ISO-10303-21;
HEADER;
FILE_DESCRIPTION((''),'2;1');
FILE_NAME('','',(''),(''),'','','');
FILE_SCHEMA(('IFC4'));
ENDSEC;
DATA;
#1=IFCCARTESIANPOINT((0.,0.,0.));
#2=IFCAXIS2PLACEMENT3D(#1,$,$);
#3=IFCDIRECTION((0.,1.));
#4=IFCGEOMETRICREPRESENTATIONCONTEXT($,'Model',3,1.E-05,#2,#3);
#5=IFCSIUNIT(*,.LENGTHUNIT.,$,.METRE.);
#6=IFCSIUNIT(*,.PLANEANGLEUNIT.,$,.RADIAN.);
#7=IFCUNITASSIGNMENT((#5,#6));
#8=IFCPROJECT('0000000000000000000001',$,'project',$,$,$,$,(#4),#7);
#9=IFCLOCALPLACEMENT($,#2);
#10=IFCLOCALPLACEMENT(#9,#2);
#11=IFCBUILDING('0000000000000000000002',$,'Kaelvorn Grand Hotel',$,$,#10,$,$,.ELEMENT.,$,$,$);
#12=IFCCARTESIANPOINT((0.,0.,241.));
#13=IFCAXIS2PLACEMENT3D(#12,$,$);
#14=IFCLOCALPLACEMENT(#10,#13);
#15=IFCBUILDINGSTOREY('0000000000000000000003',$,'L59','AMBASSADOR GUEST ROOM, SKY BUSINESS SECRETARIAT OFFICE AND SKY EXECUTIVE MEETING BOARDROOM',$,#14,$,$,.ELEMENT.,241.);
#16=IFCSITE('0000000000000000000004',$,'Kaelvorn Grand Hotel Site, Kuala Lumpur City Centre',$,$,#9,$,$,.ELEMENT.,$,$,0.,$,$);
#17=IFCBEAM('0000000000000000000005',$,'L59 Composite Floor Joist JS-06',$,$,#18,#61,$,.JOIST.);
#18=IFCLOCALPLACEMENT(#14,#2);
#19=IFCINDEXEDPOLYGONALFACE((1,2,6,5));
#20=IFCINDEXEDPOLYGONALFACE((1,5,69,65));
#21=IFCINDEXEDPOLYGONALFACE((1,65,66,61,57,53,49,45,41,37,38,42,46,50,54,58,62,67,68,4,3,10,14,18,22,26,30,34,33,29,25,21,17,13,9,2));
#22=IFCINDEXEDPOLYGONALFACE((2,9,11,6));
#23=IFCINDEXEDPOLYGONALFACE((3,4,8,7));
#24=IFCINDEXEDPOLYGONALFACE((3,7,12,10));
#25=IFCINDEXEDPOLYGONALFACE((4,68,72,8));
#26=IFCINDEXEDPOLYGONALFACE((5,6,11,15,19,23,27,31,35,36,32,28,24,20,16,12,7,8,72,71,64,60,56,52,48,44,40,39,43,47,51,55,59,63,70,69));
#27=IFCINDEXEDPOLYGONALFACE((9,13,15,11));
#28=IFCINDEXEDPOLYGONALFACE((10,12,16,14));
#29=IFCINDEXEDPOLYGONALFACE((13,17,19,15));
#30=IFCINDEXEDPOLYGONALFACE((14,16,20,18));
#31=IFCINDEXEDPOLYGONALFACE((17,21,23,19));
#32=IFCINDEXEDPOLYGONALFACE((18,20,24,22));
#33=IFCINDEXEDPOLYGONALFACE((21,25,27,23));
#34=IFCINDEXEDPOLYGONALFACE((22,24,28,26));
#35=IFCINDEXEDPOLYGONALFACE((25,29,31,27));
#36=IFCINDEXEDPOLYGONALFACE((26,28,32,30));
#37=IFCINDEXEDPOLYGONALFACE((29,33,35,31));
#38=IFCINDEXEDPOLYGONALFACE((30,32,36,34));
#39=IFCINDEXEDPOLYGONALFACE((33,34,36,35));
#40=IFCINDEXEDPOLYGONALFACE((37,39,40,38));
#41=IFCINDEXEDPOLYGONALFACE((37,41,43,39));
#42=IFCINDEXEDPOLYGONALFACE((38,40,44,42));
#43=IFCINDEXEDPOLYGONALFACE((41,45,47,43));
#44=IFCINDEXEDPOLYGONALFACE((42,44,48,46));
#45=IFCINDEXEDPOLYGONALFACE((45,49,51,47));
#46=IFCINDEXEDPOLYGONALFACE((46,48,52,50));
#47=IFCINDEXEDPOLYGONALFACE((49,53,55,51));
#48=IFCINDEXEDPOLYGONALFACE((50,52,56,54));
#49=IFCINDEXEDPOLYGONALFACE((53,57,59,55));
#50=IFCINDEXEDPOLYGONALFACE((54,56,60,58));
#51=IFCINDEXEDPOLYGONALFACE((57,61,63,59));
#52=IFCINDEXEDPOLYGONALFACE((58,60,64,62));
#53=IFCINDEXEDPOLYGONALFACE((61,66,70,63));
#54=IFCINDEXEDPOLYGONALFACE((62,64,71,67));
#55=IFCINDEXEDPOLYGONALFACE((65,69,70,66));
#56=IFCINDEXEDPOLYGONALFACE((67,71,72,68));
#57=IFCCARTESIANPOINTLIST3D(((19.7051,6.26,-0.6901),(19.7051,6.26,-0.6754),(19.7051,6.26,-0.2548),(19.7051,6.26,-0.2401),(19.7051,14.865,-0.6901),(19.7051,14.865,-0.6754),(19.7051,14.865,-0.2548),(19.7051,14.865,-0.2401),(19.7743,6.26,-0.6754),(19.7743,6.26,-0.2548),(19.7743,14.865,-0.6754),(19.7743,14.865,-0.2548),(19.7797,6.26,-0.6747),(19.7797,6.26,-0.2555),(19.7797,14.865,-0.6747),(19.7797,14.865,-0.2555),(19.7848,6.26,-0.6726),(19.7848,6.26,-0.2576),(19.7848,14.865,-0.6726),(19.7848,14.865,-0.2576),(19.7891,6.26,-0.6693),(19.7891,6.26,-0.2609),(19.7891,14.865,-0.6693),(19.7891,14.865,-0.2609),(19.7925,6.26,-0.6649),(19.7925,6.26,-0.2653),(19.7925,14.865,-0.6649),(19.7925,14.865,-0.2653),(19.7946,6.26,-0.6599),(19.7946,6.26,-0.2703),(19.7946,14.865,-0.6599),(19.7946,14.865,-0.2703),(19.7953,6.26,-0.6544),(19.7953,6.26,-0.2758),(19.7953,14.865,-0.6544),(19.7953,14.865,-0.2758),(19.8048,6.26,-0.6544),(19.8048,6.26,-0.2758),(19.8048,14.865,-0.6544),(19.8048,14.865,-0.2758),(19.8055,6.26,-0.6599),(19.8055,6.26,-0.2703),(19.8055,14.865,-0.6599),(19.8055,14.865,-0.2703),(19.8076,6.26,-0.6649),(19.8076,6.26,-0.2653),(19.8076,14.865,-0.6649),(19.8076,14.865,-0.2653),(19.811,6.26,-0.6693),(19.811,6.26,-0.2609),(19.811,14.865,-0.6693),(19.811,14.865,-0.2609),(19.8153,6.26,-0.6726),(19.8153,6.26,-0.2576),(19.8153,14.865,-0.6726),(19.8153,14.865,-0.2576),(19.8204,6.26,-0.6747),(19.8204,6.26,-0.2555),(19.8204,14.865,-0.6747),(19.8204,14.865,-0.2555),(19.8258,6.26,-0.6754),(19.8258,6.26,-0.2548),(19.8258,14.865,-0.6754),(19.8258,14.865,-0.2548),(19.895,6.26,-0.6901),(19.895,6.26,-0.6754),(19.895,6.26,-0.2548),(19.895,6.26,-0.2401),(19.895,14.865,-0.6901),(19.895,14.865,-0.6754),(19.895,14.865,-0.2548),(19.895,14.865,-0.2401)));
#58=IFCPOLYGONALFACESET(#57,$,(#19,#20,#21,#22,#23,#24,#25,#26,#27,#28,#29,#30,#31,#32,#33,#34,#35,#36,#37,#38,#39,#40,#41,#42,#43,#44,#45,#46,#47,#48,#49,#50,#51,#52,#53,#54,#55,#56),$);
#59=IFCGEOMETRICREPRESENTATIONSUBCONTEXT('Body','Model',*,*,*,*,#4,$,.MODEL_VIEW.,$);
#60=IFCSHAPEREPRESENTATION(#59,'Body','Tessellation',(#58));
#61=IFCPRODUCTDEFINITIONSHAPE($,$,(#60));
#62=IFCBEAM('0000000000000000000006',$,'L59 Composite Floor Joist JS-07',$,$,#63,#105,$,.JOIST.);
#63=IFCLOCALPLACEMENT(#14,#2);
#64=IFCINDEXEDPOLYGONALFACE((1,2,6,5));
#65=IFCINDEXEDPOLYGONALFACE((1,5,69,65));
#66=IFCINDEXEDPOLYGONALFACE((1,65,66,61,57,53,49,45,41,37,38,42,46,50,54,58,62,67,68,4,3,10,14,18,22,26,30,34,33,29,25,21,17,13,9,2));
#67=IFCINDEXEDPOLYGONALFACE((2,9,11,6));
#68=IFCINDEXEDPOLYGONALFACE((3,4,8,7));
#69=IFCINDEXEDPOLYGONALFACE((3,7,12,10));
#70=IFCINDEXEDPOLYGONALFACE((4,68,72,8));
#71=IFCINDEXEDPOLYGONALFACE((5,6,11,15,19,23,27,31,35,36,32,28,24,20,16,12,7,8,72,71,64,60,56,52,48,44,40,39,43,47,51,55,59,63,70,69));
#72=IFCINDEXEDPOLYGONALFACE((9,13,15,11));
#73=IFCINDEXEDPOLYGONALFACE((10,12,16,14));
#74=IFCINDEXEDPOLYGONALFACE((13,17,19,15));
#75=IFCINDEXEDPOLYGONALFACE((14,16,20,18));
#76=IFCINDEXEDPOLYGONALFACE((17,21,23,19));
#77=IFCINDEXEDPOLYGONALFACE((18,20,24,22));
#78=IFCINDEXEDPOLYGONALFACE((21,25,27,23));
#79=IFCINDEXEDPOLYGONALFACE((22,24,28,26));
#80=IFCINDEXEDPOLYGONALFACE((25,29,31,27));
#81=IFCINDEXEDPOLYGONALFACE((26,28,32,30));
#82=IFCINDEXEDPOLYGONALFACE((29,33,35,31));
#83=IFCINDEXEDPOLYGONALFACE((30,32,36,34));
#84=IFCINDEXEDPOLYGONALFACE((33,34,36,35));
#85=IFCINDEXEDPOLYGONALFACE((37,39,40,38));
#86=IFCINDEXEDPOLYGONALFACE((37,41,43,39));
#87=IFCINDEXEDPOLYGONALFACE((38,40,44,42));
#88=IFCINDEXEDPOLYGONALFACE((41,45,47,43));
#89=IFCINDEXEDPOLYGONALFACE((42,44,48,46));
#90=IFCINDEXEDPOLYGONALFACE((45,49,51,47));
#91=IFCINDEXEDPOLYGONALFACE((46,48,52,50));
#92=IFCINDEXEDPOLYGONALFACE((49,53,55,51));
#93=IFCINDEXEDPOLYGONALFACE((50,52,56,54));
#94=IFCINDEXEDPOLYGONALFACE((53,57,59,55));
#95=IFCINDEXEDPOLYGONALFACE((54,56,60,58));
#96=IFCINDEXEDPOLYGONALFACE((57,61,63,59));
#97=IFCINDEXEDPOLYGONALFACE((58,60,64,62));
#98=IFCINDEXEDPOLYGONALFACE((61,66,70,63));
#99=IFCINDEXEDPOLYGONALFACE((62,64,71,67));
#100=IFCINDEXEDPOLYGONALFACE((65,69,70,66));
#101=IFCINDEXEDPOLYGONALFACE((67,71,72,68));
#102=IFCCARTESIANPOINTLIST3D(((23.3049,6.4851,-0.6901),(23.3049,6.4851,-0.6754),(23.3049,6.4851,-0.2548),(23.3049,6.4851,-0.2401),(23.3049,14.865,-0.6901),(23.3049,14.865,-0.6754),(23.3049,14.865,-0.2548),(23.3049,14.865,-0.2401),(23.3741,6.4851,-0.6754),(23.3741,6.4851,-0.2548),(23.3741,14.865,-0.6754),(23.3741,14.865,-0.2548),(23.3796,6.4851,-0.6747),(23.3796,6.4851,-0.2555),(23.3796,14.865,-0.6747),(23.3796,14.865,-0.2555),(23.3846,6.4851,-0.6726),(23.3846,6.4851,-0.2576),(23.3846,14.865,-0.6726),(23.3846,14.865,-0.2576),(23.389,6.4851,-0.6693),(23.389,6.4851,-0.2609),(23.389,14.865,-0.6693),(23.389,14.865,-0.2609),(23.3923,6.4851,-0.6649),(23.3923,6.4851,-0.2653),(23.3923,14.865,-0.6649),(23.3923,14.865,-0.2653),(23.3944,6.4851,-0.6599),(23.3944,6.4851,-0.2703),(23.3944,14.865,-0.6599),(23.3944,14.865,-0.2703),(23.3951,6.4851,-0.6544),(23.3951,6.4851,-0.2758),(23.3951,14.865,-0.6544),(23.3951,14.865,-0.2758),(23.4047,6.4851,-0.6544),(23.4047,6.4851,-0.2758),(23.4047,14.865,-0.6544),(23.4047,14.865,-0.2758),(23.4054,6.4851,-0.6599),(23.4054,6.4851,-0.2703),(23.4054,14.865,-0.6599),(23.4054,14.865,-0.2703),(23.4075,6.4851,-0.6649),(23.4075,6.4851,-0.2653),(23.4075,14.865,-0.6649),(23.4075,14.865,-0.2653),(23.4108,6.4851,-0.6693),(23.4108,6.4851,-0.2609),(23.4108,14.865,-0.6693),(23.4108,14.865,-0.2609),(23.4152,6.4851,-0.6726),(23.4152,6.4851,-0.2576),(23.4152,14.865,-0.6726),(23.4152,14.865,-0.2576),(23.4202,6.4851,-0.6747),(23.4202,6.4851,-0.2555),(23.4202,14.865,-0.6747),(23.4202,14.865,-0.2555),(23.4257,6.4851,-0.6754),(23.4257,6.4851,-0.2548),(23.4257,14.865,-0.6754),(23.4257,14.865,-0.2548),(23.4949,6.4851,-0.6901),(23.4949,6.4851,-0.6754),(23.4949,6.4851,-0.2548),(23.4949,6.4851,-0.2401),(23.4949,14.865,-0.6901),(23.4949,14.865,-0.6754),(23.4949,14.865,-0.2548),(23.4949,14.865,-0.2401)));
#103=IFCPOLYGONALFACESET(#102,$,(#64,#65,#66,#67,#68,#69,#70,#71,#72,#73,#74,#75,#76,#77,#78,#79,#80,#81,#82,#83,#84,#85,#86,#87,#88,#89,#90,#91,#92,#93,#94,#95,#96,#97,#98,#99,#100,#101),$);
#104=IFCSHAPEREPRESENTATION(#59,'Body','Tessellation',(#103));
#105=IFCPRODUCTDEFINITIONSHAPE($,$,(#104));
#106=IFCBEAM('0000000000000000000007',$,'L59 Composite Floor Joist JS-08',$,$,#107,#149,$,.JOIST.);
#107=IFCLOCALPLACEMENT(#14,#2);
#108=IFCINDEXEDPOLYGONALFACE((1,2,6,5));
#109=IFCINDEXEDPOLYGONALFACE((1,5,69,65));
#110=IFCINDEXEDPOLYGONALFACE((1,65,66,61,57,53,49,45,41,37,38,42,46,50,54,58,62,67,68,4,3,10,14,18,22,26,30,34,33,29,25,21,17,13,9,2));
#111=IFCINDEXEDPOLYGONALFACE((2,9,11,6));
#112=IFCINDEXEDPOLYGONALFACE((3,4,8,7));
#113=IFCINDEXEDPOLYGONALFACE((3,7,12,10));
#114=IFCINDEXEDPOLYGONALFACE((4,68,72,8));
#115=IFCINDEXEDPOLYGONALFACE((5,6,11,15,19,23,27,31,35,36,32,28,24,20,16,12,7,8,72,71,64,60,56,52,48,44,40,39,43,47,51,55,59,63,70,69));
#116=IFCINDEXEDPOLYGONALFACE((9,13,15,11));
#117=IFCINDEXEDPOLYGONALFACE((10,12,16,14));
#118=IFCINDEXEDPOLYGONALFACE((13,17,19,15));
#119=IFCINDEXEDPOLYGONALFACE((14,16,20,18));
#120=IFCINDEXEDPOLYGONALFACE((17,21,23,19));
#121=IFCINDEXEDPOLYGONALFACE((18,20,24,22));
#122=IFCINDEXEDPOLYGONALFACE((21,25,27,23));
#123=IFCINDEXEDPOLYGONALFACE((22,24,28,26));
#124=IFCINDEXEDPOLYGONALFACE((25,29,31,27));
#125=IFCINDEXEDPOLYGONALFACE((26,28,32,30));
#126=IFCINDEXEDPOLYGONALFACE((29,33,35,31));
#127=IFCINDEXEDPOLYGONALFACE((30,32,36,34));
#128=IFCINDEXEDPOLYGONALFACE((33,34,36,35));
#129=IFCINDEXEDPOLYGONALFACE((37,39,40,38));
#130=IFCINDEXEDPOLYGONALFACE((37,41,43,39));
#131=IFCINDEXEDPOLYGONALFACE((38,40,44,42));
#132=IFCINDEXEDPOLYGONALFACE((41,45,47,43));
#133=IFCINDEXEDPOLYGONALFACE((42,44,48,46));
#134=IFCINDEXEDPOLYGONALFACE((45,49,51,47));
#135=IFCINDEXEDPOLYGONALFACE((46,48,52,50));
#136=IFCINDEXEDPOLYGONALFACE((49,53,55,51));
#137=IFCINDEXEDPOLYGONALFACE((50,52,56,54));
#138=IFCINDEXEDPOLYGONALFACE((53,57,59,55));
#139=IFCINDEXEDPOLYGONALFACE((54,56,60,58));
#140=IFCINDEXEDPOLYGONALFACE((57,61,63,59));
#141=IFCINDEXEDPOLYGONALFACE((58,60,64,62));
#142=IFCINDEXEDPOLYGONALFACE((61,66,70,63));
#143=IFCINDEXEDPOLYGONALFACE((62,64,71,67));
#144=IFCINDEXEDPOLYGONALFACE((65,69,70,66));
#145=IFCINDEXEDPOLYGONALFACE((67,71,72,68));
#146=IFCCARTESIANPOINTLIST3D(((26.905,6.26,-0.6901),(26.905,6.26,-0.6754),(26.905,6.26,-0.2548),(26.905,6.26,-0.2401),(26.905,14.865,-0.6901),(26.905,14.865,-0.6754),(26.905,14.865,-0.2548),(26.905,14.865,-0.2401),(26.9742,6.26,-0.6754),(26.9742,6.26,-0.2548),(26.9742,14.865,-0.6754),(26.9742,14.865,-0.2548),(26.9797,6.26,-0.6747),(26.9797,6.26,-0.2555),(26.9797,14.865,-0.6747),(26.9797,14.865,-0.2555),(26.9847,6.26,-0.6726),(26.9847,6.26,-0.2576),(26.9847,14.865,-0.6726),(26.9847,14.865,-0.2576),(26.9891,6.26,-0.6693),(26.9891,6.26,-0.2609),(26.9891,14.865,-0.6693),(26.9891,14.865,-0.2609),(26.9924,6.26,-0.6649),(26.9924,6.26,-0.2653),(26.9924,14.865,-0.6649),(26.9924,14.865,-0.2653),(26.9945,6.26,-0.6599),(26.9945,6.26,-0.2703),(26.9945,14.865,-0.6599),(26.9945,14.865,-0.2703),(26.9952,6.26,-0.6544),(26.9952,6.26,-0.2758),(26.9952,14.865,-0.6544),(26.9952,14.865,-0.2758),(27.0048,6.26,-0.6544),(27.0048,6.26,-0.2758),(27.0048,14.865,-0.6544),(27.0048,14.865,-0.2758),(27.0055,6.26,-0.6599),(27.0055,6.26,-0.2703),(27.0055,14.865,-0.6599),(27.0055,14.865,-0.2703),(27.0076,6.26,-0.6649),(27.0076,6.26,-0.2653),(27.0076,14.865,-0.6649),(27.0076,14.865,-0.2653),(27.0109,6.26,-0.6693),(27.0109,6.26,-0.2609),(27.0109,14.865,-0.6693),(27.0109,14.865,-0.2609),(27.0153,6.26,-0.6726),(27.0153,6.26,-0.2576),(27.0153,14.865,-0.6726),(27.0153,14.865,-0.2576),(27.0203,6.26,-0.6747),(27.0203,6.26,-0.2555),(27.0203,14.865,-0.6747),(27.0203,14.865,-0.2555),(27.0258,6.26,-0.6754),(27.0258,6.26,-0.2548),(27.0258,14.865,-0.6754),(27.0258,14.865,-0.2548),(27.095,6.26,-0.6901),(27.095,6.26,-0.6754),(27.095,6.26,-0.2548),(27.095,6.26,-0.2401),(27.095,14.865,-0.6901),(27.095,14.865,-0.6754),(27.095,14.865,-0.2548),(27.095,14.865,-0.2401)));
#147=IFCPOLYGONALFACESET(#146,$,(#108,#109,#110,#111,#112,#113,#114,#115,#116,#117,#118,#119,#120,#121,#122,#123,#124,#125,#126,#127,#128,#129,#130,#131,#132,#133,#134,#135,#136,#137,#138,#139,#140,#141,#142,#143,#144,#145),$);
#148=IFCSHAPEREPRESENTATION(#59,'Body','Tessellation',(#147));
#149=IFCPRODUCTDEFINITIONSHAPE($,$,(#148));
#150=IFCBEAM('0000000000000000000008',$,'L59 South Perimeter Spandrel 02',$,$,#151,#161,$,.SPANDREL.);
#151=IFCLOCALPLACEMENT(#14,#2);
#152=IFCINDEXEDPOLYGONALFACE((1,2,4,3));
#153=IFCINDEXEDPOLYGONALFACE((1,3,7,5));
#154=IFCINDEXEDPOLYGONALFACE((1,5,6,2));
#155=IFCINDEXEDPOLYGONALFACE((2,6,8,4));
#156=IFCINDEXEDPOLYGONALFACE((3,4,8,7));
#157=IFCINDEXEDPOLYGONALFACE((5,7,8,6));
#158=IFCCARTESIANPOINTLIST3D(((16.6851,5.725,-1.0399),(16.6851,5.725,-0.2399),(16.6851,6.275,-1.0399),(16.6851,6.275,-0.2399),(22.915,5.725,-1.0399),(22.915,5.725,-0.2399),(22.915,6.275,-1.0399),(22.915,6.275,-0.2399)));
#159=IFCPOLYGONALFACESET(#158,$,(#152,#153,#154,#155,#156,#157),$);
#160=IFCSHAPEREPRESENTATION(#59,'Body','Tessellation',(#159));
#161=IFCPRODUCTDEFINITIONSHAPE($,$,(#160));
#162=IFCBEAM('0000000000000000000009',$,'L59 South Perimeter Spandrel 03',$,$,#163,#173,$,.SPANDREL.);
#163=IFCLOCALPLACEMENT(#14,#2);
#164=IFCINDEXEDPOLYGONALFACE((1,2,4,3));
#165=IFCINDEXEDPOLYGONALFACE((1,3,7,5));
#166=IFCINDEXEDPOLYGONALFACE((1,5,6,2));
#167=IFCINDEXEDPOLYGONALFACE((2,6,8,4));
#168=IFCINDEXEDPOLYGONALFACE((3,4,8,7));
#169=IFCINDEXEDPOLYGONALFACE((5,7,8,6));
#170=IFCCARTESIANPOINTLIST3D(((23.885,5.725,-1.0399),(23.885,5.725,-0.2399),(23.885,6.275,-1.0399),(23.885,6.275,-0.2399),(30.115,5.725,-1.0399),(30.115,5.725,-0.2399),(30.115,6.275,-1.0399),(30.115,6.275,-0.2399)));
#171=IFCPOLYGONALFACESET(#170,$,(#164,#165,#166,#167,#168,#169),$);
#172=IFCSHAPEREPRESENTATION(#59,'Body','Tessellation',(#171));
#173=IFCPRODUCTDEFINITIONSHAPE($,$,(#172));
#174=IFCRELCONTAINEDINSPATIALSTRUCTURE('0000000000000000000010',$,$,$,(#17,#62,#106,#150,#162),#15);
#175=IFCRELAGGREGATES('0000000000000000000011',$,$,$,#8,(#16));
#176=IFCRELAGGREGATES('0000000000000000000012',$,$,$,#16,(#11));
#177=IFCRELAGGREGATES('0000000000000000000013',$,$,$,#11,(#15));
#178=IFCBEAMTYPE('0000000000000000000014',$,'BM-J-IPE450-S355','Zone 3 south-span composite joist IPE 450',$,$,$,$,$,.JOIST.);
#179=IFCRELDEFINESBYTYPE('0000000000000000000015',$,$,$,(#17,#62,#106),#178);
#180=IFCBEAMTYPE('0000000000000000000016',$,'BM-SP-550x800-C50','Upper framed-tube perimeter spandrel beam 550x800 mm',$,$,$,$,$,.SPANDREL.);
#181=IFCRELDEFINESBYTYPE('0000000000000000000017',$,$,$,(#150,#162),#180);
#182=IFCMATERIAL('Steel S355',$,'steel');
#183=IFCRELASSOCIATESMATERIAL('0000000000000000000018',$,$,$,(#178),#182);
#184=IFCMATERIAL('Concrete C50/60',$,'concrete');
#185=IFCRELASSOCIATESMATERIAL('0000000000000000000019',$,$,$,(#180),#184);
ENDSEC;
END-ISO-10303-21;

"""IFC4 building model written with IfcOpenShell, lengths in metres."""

from ifc_helpers import new_model, si_unit, direction, frame, origin, origin_2d, place, context, subcontext, project, spatial, rectangle, i_section, extrude, material, material_profile, profile_set, type_object, element, save


model = new_model("IFC4")

# Units and contexts
model_context = context("Model", 3, precision=1e-05, world=origin(), true_north=direction((0.0, 1.0)))
body_context = subcontext(model_context, "Body", "Model", "MODEL_VIEW")
ifc_project = project(units=[si_unit("LENGTHUNIT", "METRE"), si_unit("PLANEANGLEUNIT", "RADIAN")], contexts=[model_context])

# Site, building, storey
site_placement = place(None, origin())
site = spatial("IfcSite", under=ifc_project, at=site_placement, Name="Kaelvorn Grand Hotel Site, Kuala Lumpur City Centre", CompositionType="ELEMENT", RefElevation=0.0)
building_placement = place(site_placement, origin())
building = spatial("IfcBuilding", under=site, at=building_placement, Name="Kaelvorn Grand Hotel", CompositionType="ELEMENT")
storey_placement = place(building_placement, frame((0.0, 0.0, 241.0)))
storey = spatial("IfcBuildingStorey", under=building, at=storey_placement, Name="L59", Description="AMBASSADOR GUEST ROOM, SKY BUSINESS SECRETARIAT OFFICE AND SKY EXECUTIVE MEETING BOARDROOM", CompositionType="ELEMENT", Elevation=241.0)

# Shared definitions
ifc_material_1 = material(Name="Concrete C50/60", Category="concrete")

# Beams
ifc_material_2 = material(Name="Steel S355", Category="steel")
ifc_material_profile_1 = material_profile(ifc_material_2, i_section(OverallWidth=0.1899, OverallDepth=0.45, WebThickness=0.0095, FlangeThickness=0.0146, FilletRadius=0.021, at=origin_2d()), Name="IPE 450")
ifc_profile_set_1 = profile_set([ifc_material_profile_1], Name="Steel S355")
beam_type_1 = type_object("IfcBeamType", Name="BM-J-IPE450-S355", Description="Zone 3 south-span composite joist IPE 450", PredefinedType="JOIST", material=ifc_profile_set_1)
beam_1_placement = place(storey_placement, frame((19.8, 6.26, -0.4651), z_axis=(0.0, 1.0, 0.0), x_axis=(-1.0, 0.0, 0.0)))
element("IfcBeam", 1, at=beam_1_placement, inside=storey, type_object=beam_type_1, Name="L59 Composite Floor Joist JS-06", PredefinedType="JOIST", context=body_context, shape_type="SweptSolid", body=[
    extrude(i_section(OverallWidth=0.1899, OverallDepth=0.45, WebThickness=0.0095, FlangeThickness=0.0146, FilletRadius=0.021, at=origin_2d()), origin(), (0.0, 0.0, 1.0), 8.605),
])
beam_2_placement = place(storey_placement, frame((23.3999, 6.4851, -0.4651), z_axis=(0.0, 1.0, 0.0), x_axis=(-1.0, 0.0, 0.0)))
element("IfcBeam", 2, at=beam_2_placement, inside=storey, type_object=beam_type_1, Name="L59 Composite Floor Joist JS-07", PredefinedType="JOIST", context=body_context, shape_type="SweptSolid", body=[
    extrude(i_section(OverallWidth=0.1899, OverallDepth=0.45, WebThickness=0.0095, FlangeThickness=0.0146, FilletRadius=0.021, at=origin_2d()), origin(), (0.0, 0.0, 1.0), 8.3799),
])
beam_3_placement = place(storey_placement, frame((27.0, 6.26, -0.4651), z_axis=(0.0, 1.0, 0.0), x_axis=(-1.0, 0.0, 0.0)))
element("IfcBeam", 3, at=beam_3_placement, inside=storey, type_object=beam_type_1, Name="L59 Composite Floor Joist JS-08", PredefinedType="JOIST", context=body_context, shape_type="SweptSolid", body=[
    extrude(i_section(OverallWidth=0.1899, OverallDepth=0.45, WebThickness=0.0095, FlangeThickness=0.0146, FilletRadius=0.021, at=origin_2d()), origin(), (0.0, 0.0, 1.0), 8.605),
])
ifc_material_profile_2 = material_profile(ifc_material_1, rectangle(XDim=0.55, YDim=0.8, at=origin_2d()), Name="RC SPANDREL 550x800")
ifc_profile_set_2 = profile_set([ifc_material_profile_2], Name="Concrete C50/60")
beam_type_2 = type_object("IfcBeamType", Name="BM-SP-550x800-C50", Description="Upper framed-tube perimeter spandrel beam 550x800 mm", PredefinedType="SPANDREL", material=ifc_profile_set_2)
for number, where, z_axis, x_axis, name in (
    (4, (16.6851, 6.0, -0.6399), (1.0, 0.0, 0.0), (0.0, 1.0, 0.0), "L59 South Perimeter Spandrel 02"),
    (5, (23.885, 6.0, -0.6399), (1.0, 0.0, 0.0), (0.0, 1.0, 0.0), "L59 South Perimeter Spandrel 03"),
):
    element("IfcBeam", number, at=place(storey_placement, frame(where, z_axis=z_axis, x_axis=x_axis)), inside=storey, type_object=beam_type_2, Name=name, PredefinedType="SPANDREL", context=body_context, shape_type="SweptSolid", body=[
        extrude(rectangle(XDim=0.55, YDim=0.8, at=origin_2d()), origin(), (0.0, 0.0, 1.0), 6.23),
    ])

save(model, "model.ifc")
